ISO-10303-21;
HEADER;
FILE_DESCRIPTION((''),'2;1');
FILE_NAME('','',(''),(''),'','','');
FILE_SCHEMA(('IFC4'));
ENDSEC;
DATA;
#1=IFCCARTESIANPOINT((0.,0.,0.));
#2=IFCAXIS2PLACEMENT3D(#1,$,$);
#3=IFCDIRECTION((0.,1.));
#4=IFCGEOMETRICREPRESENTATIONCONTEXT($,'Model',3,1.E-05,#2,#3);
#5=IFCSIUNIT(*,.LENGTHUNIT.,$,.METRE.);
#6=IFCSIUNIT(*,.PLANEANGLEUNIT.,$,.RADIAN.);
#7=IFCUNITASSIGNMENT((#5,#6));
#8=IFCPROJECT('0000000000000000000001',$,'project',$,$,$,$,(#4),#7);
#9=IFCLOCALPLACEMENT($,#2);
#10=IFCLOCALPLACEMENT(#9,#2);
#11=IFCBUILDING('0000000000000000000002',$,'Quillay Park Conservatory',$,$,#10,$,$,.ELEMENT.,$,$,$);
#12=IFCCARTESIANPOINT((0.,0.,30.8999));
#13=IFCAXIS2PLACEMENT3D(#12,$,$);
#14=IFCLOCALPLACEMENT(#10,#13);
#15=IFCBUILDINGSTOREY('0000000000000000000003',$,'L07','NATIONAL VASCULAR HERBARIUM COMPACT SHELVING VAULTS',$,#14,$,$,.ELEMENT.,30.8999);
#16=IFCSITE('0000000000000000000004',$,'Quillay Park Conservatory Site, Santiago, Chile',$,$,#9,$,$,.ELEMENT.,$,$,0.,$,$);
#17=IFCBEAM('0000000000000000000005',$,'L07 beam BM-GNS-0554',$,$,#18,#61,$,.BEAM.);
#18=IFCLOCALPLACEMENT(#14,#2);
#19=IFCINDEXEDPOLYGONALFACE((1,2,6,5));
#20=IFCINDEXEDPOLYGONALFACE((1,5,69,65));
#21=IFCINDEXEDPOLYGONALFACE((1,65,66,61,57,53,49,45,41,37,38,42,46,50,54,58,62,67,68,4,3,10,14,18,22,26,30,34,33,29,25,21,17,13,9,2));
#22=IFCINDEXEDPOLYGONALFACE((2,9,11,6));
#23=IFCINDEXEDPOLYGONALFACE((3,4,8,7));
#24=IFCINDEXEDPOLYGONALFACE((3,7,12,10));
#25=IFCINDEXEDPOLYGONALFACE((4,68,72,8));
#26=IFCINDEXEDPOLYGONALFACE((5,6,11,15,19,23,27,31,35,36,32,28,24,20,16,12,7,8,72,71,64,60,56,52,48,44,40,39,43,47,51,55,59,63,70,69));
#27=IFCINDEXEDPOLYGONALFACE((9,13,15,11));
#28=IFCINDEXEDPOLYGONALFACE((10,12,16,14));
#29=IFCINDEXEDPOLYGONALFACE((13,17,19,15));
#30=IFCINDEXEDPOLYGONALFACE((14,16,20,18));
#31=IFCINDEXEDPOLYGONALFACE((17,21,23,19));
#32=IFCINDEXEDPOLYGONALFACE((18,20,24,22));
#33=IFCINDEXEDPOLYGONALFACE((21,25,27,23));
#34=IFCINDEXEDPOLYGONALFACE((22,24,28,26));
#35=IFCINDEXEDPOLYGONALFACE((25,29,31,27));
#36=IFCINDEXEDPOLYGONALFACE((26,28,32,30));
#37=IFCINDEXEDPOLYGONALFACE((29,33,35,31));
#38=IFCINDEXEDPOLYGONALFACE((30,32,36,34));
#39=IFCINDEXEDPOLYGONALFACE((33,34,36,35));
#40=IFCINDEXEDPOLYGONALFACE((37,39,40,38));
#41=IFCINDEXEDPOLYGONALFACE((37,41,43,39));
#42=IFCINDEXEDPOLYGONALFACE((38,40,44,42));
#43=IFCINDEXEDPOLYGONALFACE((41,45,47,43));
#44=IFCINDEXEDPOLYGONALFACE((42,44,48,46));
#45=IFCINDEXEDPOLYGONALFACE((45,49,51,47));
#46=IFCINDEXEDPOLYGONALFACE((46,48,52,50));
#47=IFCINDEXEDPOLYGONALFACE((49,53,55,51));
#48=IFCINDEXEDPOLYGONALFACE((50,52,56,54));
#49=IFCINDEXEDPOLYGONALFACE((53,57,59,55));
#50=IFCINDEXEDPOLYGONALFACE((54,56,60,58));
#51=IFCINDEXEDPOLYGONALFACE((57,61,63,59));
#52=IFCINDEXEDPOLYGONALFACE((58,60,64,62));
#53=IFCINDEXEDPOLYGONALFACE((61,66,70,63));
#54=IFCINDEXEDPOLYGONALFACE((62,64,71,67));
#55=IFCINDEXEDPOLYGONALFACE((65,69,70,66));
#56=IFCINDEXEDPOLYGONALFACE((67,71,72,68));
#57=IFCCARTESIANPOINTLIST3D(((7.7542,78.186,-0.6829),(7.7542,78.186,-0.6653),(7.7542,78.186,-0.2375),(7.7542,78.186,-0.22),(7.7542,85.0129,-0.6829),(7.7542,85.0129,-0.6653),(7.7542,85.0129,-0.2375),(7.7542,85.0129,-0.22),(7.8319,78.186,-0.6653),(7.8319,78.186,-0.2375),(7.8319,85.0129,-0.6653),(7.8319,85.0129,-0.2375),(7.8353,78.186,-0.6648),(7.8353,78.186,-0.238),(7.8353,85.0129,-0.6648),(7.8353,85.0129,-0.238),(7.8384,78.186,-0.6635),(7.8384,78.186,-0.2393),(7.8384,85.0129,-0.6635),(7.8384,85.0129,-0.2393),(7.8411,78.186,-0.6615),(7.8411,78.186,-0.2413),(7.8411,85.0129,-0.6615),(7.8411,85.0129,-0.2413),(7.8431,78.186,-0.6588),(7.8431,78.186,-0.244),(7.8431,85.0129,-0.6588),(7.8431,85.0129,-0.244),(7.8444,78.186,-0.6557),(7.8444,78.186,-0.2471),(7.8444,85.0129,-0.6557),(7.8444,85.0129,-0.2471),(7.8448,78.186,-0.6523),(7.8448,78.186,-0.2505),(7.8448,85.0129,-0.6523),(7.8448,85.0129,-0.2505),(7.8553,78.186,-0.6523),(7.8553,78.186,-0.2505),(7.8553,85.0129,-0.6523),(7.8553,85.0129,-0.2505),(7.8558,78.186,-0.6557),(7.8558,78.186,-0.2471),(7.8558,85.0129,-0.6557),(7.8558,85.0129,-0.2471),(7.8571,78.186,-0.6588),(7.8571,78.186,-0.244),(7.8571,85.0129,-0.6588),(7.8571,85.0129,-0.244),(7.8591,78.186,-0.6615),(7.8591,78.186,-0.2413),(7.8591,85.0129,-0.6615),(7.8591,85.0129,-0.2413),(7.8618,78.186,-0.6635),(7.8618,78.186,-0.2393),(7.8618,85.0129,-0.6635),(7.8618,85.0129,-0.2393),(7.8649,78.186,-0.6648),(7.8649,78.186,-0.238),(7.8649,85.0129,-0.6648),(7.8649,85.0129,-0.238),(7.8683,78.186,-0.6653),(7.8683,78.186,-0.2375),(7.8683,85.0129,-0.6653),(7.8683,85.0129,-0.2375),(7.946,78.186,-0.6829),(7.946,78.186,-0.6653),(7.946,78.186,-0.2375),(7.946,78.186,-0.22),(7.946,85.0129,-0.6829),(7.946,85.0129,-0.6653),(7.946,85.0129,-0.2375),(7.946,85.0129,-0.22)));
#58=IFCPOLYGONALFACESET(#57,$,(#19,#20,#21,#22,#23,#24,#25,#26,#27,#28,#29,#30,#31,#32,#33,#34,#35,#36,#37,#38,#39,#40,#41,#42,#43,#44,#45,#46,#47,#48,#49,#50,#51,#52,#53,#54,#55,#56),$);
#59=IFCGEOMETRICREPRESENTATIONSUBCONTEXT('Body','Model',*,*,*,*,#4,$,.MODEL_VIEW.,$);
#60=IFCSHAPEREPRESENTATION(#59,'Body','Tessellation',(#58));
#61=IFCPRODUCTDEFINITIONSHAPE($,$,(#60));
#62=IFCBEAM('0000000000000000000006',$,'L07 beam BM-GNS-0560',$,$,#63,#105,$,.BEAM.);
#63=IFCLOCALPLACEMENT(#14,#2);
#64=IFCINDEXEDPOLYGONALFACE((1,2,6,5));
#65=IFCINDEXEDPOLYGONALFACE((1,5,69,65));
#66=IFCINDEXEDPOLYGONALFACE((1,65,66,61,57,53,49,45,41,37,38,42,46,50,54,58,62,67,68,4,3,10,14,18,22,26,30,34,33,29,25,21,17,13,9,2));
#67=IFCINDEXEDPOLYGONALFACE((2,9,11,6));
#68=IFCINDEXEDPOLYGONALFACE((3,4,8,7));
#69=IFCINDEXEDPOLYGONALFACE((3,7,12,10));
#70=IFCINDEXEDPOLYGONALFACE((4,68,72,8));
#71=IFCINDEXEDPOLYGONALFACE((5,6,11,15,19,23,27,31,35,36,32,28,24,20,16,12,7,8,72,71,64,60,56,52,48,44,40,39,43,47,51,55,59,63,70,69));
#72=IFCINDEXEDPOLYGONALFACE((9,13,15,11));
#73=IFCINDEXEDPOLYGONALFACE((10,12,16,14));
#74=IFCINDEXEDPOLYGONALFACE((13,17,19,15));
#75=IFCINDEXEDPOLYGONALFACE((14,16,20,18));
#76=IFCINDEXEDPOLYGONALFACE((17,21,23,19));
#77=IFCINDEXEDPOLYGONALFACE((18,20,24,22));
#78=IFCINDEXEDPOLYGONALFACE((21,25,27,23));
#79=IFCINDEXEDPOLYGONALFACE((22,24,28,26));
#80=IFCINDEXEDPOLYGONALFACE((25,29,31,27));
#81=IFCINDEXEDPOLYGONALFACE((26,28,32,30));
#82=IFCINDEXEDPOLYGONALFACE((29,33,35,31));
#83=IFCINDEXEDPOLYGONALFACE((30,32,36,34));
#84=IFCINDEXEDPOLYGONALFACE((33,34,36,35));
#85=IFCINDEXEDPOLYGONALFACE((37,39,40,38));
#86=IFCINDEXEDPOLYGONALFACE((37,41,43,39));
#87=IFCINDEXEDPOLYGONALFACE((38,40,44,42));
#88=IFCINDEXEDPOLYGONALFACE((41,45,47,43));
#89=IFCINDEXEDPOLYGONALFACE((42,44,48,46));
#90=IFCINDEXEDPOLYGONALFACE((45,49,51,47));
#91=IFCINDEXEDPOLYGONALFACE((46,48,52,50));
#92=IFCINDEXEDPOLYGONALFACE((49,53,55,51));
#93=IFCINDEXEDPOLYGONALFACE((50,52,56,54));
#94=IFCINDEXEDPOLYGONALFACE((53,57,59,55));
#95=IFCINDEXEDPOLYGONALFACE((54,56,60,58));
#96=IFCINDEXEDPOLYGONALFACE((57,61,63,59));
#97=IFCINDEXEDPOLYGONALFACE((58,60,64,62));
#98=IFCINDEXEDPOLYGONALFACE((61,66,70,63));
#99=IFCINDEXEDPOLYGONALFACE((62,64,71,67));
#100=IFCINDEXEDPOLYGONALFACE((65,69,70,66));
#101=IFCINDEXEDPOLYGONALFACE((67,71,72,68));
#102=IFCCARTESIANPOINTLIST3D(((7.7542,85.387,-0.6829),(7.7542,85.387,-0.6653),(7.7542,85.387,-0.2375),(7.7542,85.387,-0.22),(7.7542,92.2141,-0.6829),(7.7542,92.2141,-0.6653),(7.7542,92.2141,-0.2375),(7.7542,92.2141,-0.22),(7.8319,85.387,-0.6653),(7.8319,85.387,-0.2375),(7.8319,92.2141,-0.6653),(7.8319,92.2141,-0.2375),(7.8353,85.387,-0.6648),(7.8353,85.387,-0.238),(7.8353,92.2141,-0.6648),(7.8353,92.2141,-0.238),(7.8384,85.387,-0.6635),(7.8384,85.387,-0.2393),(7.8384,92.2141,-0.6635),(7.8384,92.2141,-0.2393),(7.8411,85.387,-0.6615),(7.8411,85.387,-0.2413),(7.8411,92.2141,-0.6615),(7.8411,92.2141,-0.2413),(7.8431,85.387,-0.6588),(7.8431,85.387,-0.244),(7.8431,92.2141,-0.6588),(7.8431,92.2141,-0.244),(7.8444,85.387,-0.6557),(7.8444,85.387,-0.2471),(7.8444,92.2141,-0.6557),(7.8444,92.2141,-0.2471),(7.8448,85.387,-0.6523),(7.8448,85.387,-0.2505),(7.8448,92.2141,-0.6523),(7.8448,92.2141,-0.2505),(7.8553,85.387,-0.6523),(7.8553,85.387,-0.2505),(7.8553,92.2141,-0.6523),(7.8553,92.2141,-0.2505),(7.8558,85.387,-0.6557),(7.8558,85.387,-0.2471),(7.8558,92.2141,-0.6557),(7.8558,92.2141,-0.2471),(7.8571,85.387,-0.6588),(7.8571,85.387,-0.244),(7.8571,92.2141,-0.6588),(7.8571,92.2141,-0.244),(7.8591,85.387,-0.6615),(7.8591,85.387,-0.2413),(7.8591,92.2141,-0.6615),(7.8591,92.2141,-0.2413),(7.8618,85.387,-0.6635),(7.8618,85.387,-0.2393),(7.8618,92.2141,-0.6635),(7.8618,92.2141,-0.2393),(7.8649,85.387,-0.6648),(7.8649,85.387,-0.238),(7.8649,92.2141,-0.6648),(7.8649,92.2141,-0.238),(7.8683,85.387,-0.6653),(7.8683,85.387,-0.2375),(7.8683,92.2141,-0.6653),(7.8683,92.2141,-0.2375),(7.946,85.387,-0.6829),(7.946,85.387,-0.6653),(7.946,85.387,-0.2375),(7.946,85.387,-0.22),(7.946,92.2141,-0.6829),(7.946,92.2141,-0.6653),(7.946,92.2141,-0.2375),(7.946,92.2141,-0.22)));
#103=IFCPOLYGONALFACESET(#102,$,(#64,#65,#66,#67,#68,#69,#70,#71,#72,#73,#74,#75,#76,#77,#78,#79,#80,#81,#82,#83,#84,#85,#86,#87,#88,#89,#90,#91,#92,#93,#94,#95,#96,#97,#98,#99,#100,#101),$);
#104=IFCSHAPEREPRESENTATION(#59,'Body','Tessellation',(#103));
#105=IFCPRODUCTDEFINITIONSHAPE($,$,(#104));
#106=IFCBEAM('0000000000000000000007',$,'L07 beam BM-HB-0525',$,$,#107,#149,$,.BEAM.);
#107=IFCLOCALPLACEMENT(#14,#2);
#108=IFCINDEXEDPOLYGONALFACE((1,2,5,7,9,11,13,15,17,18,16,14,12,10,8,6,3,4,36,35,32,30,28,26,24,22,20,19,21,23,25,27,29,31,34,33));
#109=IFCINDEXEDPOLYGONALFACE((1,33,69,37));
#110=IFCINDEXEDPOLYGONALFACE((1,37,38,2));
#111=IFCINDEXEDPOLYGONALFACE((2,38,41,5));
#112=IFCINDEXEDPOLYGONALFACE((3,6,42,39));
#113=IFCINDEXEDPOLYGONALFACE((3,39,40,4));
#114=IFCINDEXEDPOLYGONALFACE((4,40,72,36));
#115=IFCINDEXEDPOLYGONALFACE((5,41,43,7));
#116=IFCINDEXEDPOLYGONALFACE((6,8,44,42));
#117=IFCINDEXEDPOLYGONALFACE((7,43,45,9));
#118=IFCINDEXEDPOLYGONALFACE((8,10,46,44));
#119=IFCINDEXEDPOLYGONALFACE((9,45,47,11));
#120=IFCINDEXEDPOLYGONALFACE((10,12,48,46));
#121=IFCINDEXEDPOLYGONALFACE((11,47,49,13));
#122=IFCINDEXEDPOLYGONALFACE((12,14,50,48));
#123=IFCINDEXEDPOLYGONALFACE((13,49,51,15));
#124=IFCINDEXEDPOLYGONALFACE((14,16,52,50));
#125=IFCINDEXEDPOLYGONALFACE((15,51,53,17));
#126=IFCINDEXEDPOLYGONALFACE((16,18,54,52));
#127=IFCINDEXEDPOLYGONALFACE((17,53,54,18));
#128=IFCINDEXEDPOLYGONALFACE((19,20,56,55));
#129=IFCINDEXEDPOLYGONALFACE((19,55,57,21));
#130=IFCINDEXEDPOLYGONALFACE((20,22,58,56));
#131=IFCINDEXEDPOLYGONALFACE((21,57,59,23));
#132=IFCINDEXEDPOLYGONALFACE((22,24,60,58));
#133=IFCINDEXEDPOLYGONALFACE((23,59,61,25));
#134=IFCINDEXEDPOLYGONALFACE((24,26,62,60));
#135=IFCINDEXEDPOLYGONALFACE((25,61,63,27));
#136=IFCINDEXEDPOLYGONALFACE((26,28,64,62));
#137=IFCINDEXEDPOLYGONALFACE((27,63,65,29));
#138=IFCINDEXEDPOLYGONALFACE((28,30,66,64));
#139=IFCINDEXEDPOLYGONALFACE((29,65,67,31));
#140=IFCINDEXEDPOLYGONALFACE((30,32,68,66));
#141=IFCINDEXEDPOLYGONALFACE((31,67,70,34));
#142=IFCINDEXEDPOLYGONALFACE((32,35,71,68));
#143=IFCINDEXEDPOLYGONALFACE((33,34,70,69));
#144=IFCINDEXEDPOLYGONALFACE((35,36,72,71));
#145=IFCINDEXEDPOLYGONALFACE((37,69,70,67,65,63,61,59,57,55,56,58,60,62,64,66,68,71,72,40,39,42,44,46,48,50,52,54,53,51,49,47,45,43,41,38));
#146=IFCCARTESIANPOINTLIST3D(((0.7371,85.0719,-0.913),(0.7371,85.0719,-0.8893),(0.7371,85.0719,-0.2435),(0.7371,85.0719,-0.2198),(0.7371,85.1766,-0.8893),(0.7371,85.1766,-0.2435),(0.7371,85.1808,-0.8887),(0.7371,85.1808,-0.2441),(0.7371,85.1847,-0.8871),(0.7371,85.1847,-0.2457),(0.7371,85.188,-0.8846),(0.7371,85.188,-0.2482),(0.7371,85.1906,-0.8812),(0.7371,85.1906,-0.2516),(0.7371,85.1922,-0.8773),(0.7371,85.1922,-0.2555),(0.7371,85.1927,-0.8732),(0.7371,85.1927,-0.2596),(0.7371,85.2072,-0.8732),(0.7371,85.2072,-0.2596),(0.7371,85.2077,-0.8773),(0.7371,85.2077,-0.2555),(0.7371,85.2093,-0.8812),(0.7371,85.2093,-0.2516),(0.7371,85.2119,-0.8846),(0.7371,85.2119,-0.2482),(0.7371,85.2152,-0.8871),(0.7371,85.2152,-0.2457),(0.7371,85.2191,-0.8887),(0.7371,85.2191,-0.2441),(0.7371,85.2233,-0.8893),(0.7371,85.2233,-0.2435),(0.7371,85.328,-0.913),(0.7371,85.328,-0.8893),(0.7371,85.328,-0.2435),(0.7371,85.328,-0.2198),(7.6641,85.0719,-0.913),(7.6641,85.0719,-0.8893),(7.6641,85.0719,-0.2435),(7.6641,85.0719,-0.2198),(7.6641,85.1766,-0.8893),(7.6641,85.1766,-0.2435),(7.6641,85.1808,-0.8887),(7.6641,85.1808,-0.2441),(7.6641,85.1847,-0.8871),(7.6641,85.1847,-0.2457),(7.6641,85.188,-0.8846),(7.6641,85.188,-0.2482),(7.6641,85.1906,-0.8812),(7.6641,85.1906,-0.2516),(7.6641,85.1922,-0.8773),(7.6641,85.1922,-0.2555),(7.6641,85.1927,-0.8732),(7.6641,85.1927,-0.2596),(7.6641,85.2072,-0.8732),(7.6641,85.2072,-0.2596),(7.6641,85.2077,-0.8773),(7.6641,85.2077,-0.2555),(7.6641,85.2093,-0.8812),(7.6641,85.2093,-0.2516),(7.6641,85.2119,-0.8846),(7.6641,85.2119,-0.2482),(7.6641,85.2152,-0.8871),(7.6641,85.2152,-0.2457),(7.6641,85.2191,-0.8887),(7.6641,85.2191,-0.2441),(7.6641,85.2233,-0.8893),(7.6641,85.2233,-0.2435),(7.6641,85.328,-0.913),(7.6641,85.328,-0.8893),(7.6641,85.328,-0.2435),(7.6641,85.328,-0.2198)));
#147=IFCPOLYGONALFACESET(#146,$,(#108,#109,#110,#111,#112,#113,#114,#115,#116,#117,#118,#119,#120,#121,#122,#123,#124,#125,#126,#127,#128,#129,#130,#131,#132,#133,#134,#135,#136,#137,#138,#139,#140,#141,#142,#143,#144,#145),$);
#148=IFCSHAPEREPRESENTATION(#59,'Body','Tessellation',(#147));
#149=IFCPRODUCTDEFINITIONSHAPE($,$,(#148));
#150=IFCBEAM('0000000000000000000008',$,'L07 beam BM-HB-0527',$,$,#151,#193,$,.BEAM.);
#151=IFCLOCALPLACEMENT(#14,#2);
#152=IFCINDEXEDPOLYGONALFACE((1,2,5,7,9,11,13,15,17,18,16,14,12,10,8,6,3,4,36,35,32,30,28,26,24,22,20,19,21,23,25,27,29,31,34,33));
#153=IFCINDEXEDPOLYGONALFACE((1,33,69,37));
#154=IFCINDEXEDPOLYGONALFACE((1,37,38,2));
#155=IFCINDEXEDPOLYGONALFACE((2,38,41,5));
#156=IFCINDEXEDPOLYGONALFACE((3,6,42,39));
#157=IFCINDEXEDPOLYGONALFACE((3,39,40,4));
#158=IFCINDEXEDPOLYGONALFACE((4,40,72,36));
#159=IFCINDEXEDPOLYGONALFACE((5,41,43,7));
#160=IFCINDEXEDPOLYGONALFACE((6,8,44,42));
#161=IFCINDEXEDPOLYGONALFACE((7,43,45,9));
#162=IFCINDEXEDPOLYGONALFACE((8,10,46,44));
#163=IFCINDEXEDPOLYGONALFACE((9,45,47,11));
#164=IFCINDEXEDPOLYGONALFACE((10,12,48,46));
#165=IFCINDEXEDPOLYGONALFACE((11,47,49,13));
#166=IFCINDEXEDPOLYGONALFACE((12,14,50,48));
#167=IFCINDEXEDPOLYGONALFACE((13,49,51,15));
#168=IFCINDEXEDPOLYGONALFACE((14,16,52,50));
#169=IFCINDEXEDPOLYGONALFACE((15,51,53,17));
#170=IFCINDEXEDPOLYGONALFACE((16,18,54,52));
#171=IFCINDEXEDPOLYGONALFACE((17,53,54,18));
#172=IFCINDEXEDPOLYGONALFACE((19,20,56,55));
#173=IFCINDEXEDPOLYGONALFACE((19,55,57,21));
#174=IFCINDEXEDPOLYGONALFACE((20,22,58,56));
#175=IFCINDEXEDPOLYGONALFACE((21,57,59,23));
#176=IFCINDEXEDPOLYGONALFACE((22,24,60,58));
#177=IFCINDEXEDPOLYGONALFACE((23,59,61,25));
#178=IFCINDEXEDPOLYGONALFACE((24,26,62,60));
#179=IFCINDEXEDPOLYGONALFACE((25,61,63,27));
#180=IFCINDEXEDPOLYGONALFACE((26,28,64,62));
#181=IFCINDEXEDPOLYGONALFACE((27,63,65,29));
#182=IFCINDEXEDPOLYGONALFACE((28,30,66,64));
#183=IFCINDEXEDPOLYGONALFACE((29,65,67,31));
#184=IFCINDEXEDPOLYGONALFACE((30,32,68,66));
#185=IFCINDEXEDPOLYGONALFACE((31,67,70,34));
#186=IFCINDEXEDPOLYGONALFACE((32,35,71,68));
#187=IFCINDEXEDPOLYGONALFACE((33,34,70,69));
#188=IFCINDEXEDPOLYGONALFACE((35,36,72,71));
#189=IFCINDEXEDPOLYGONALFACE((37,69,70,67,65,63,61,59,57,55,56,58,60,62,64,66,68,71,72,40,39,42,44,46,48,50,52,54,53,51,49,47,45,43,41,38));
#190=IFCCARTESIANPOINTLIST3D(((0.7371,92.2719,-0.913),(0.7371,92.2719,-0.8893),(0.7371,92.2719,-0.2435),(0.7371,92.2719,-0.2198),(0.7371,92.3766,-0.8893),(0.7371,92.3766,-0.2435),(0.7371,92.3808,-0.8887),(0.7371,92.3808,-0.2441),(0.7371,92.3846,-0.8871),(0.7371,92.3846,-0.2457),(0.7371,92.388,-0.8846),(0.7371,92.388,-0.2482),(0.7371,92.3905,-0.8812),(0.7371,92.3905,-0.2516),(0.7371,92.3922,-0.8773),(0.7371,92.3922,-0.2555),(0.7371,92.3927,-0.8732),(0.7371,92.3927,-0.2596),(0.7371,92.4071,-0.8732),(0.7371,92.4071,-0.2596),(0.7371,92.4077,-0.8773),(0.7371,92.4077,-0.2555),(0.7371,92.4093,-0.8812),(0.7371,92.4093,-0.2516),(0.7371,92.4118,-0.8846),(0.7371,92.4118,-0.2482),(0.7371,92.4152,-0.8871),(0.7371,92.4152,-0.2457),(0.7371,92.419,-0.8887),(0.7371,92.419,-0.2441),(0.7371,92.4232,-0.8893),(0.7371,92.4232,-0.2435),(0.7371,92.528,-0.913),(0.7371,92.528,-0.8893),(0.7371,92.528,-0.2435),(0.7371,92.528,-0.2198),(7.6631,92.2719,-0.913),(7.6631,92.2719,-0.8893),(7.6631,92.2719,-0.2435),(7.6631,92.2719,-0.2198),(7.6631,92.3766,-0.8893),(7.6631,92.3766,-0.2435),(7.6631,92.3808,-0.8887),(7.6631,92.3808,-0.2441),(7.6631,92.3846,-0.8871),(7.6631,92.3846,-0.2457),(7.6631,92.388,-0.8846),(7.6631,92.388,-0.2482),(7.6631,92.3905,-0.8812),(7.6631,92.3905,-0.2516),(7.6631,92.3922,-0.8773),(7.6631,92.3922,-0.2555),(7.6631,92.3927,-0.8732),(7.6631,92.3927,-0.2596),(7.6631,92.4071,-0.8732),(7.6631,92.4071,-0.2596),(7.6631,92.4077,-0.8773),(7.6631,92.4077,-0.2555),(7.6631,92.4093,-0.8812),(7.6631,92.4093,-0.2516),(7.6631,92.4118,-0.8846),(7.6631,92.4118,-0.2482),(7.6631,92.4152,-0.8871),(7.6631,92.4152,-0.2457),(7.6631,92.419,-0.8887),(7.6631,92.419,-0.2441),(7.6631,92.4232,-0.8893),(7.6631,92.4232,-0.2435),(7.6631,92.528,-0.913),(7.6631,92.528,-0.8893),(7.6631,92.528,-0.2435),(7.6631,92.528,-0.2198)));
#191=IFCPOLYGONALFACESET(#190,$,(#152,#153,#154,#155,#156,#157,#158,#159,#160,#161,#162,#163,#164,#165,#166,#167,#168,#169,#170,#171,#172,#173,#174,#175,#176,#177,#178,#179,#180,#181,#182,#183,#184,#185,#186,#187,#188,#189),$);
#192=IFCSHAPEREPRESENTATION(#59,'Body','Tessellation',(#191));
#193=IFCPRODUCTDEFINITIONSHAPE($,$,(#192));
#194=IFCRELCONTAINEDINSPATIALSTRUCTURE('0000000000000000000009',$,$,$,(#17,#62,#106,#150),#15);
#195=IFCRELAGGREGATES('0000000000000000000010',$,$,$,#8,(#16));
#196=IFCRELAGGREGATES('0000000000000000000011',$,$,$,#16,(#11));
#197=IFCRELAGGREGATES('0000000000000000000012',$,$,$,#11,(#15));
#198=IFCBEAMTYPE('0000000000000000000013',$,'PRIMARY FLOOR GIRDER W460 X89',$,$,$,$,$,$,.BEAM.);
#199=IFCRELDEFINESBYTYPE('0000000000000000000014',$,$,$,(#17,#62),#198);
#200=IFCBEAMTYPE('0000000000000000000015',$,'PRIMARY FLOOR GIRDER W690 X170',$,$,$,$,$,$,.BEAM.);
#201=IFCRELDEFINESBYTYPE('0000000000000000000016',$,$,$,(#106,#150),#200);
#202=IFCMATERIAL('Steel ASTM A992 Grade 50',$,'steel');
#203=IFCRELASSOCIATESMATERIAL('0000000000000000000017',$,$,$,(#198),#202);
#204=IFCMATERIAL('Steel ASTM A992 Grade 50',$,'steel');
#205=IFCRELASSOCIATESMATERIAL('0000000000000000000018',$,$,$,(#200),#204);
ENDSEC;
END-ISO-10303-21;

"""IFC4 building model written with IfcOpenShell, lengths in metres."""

from ifc_helpers import new_model, si_unit, direction, frame, origin, origin_2d, place, context, subcontext, project, spatial, i_section, extrude, material, material_profile, profile_set, type_object, element, save


model = new_model("IFC4")

# Units and contexts
model_context = context("Model", 3, precision=1e-05, world=origin(), true_north=direction((0.0, 1.0)))
body_context = subcontext(model_context, "Body", "Model", "MODEL_VIEW")
ifc_project = project(units=[si_unit("LENGTHUNIT", "METRE"), si_unit("PLANEANGLEUNIT", "RADIAN")], contexts=[model_context])

# Site, building, storey
site_placement = place(None, origin())
site = spatial("IfcSite", under=ifc_project, at=site_placement, Name="Quillay Park Conservatory Site, Santiago, Chile", CompositionType="ELEMENT", RefElevation=0.0)
building_placement = place(site_placement, origin())
building = spatial("IfcBuilding", under=site, at=building_placement, Name="Quillay Park Conservatory", CompositionType="ELEMENT")
storey_placement = place(building_placement, frame((0.0, 0.0, 30.8999)))
storey = spatial("IfcBuildingStorey", under=building, at=storey_placement, Name="L07", Description="NATIONAL VASCULAR HERBARIUM COMPACT SHELVING VAULTS", CompositionType="ELEMENT", Elevation=30.8999)

# Beams
ifc_material_1 = material(Name="Steel ASTM A992 Grade 50", Category="steel")
ifc_material_profile_1 = material_profile(ifc_material_1, i_section(OverallWidth=0.1919, OverallDepth=0.4629, WebThickness=0.0105, FlangeThickness=0.0176, FilletRadius=0.0129, at=origin_2d()), Name="W460x89")
ifc_profile_set_1 = profile_set([ifc_material_profile_1], Name="Steel ASTM A992 Grade 50")
beam_type_1 = type_object("IfcBeamType", Name="PRIMARY FLOOR GIRDER W460 X89", PredefinedType="BEAM", material=ifc_profile_set_1)
beam_1_placement = place(storey_placement, frame((7.8501, 78.186, -0.4514), z_axis=(0.0, 1.0, 0.0), x_axis=(-1.0, 0.0, 0.0)))
element("IfcBeam", 1, at=beam_1_placement, inside=storey, type_object=beam_type_1, Name="L07 beam BM-GNS-0554", PredefinedType="BEAM", context=body_context, shape_type="SweptSolid", body=[
    extrude(i_section(OverallWidth=0.1919, OverallDepth=0.4629, WebThickness=0.0105, FlangeThickness=0.0176, FilletRadius=0.0129, at=origin_2d()), origin(), (0.0, 0.0, 1.0), 6.8269),
])
beam_2_placement = place(storey_placement, frame((7.8501, 85.387, -0.4514), z_axis=(0.0, 1.0, 0.0), x_axis=(-1.0, 0.0, 0.0)))
element("IfcBeam", 2, at=beam_2_placement, inside=storey, type_object=beam_type_1, Name="L07 beam BM-GNS-0560", PredefinedType="BEAM", context=body_context, shape_type="SweptSolid", body=[
    extrude(i_section(OverallWidth=0.1919, OverallDepth=0.4629, WebThickness=0.0105, FlangeThickness=0.0176, FilletRadius=0.0129, at=origin_2d()), origin(), (0.0, 0.0, 1.0), 6.8271),
])
ifc_material_2 = material(Name="Steel ASTM A992 Grade 50", Category="steel")
ifc_material_profile_2 = material_profile(ifc_material_2, i_section(OverallWidth=0.2561, OverallDepth=0.6931, WebThickness=0.0144, FlangeThickness=0.0237, FilletRadius=0.0161, at=origin_2d()), Name="W690x170")
ifc_profile_set_2 = profile_set([ifc_material_profile_2], Name="Steel ASTM A992 Grade 50")
beam_type_2 = type_object("IfcBeamType", Name="PRIMARY FLOOR GIRDER W690 X170", PredefinedType="BEAM", material=ifc_profile_set_2)
beam_3_placement = place(storey_placement, frame((0.7371, 85.2, -0.5664), z_axis=(1.0, 0.0, 0.0), x_axis=(0.0, 1.0, 0.0)))
element("IfcBeam", 3, at=beam_3_placement, inside=storey, type_object=beam_type_2, Name="L07 beam BM-HB-0525", PredefinedType="BEAM", context=body_context, shape_type="SweptSolid", body=[
    extrude(i_section(OverallWidth=0.2561, OverallDepth=0.6931, WebThickness=0.0144, FlangeThickness=0.0237, FilletRadius=0.0161, at=origin_2d()), origin(), (0.0, 0.0, 1.0), 6.927),
])
beam_4_placement = place(storey_placement, frame((0.7371, 92.3999, -0.5664), z_axis=(1.0, 0.0, 0.0), x_axis=(0.0, 1.0, 0.0)))
element("IfcBeam", 4, at=beam_4_placement, inside=storey, type_object=beam_type_2, Name="L07 beam BM-HB-0527", PredefinedType="BEAM", context=body_context, shape_type="SweptSolid", body=[
    extrude(i_section(OverallWidth=0.2561, OverallDepth=0.6931, WebThickness=0.0144, FlangeThickness=0.0237, FilletRadius=0.0161, at=origin_2d()), origin(), (0.0, 0.0, 1.0), 6.926),
])

save(model, "model.ifc")
